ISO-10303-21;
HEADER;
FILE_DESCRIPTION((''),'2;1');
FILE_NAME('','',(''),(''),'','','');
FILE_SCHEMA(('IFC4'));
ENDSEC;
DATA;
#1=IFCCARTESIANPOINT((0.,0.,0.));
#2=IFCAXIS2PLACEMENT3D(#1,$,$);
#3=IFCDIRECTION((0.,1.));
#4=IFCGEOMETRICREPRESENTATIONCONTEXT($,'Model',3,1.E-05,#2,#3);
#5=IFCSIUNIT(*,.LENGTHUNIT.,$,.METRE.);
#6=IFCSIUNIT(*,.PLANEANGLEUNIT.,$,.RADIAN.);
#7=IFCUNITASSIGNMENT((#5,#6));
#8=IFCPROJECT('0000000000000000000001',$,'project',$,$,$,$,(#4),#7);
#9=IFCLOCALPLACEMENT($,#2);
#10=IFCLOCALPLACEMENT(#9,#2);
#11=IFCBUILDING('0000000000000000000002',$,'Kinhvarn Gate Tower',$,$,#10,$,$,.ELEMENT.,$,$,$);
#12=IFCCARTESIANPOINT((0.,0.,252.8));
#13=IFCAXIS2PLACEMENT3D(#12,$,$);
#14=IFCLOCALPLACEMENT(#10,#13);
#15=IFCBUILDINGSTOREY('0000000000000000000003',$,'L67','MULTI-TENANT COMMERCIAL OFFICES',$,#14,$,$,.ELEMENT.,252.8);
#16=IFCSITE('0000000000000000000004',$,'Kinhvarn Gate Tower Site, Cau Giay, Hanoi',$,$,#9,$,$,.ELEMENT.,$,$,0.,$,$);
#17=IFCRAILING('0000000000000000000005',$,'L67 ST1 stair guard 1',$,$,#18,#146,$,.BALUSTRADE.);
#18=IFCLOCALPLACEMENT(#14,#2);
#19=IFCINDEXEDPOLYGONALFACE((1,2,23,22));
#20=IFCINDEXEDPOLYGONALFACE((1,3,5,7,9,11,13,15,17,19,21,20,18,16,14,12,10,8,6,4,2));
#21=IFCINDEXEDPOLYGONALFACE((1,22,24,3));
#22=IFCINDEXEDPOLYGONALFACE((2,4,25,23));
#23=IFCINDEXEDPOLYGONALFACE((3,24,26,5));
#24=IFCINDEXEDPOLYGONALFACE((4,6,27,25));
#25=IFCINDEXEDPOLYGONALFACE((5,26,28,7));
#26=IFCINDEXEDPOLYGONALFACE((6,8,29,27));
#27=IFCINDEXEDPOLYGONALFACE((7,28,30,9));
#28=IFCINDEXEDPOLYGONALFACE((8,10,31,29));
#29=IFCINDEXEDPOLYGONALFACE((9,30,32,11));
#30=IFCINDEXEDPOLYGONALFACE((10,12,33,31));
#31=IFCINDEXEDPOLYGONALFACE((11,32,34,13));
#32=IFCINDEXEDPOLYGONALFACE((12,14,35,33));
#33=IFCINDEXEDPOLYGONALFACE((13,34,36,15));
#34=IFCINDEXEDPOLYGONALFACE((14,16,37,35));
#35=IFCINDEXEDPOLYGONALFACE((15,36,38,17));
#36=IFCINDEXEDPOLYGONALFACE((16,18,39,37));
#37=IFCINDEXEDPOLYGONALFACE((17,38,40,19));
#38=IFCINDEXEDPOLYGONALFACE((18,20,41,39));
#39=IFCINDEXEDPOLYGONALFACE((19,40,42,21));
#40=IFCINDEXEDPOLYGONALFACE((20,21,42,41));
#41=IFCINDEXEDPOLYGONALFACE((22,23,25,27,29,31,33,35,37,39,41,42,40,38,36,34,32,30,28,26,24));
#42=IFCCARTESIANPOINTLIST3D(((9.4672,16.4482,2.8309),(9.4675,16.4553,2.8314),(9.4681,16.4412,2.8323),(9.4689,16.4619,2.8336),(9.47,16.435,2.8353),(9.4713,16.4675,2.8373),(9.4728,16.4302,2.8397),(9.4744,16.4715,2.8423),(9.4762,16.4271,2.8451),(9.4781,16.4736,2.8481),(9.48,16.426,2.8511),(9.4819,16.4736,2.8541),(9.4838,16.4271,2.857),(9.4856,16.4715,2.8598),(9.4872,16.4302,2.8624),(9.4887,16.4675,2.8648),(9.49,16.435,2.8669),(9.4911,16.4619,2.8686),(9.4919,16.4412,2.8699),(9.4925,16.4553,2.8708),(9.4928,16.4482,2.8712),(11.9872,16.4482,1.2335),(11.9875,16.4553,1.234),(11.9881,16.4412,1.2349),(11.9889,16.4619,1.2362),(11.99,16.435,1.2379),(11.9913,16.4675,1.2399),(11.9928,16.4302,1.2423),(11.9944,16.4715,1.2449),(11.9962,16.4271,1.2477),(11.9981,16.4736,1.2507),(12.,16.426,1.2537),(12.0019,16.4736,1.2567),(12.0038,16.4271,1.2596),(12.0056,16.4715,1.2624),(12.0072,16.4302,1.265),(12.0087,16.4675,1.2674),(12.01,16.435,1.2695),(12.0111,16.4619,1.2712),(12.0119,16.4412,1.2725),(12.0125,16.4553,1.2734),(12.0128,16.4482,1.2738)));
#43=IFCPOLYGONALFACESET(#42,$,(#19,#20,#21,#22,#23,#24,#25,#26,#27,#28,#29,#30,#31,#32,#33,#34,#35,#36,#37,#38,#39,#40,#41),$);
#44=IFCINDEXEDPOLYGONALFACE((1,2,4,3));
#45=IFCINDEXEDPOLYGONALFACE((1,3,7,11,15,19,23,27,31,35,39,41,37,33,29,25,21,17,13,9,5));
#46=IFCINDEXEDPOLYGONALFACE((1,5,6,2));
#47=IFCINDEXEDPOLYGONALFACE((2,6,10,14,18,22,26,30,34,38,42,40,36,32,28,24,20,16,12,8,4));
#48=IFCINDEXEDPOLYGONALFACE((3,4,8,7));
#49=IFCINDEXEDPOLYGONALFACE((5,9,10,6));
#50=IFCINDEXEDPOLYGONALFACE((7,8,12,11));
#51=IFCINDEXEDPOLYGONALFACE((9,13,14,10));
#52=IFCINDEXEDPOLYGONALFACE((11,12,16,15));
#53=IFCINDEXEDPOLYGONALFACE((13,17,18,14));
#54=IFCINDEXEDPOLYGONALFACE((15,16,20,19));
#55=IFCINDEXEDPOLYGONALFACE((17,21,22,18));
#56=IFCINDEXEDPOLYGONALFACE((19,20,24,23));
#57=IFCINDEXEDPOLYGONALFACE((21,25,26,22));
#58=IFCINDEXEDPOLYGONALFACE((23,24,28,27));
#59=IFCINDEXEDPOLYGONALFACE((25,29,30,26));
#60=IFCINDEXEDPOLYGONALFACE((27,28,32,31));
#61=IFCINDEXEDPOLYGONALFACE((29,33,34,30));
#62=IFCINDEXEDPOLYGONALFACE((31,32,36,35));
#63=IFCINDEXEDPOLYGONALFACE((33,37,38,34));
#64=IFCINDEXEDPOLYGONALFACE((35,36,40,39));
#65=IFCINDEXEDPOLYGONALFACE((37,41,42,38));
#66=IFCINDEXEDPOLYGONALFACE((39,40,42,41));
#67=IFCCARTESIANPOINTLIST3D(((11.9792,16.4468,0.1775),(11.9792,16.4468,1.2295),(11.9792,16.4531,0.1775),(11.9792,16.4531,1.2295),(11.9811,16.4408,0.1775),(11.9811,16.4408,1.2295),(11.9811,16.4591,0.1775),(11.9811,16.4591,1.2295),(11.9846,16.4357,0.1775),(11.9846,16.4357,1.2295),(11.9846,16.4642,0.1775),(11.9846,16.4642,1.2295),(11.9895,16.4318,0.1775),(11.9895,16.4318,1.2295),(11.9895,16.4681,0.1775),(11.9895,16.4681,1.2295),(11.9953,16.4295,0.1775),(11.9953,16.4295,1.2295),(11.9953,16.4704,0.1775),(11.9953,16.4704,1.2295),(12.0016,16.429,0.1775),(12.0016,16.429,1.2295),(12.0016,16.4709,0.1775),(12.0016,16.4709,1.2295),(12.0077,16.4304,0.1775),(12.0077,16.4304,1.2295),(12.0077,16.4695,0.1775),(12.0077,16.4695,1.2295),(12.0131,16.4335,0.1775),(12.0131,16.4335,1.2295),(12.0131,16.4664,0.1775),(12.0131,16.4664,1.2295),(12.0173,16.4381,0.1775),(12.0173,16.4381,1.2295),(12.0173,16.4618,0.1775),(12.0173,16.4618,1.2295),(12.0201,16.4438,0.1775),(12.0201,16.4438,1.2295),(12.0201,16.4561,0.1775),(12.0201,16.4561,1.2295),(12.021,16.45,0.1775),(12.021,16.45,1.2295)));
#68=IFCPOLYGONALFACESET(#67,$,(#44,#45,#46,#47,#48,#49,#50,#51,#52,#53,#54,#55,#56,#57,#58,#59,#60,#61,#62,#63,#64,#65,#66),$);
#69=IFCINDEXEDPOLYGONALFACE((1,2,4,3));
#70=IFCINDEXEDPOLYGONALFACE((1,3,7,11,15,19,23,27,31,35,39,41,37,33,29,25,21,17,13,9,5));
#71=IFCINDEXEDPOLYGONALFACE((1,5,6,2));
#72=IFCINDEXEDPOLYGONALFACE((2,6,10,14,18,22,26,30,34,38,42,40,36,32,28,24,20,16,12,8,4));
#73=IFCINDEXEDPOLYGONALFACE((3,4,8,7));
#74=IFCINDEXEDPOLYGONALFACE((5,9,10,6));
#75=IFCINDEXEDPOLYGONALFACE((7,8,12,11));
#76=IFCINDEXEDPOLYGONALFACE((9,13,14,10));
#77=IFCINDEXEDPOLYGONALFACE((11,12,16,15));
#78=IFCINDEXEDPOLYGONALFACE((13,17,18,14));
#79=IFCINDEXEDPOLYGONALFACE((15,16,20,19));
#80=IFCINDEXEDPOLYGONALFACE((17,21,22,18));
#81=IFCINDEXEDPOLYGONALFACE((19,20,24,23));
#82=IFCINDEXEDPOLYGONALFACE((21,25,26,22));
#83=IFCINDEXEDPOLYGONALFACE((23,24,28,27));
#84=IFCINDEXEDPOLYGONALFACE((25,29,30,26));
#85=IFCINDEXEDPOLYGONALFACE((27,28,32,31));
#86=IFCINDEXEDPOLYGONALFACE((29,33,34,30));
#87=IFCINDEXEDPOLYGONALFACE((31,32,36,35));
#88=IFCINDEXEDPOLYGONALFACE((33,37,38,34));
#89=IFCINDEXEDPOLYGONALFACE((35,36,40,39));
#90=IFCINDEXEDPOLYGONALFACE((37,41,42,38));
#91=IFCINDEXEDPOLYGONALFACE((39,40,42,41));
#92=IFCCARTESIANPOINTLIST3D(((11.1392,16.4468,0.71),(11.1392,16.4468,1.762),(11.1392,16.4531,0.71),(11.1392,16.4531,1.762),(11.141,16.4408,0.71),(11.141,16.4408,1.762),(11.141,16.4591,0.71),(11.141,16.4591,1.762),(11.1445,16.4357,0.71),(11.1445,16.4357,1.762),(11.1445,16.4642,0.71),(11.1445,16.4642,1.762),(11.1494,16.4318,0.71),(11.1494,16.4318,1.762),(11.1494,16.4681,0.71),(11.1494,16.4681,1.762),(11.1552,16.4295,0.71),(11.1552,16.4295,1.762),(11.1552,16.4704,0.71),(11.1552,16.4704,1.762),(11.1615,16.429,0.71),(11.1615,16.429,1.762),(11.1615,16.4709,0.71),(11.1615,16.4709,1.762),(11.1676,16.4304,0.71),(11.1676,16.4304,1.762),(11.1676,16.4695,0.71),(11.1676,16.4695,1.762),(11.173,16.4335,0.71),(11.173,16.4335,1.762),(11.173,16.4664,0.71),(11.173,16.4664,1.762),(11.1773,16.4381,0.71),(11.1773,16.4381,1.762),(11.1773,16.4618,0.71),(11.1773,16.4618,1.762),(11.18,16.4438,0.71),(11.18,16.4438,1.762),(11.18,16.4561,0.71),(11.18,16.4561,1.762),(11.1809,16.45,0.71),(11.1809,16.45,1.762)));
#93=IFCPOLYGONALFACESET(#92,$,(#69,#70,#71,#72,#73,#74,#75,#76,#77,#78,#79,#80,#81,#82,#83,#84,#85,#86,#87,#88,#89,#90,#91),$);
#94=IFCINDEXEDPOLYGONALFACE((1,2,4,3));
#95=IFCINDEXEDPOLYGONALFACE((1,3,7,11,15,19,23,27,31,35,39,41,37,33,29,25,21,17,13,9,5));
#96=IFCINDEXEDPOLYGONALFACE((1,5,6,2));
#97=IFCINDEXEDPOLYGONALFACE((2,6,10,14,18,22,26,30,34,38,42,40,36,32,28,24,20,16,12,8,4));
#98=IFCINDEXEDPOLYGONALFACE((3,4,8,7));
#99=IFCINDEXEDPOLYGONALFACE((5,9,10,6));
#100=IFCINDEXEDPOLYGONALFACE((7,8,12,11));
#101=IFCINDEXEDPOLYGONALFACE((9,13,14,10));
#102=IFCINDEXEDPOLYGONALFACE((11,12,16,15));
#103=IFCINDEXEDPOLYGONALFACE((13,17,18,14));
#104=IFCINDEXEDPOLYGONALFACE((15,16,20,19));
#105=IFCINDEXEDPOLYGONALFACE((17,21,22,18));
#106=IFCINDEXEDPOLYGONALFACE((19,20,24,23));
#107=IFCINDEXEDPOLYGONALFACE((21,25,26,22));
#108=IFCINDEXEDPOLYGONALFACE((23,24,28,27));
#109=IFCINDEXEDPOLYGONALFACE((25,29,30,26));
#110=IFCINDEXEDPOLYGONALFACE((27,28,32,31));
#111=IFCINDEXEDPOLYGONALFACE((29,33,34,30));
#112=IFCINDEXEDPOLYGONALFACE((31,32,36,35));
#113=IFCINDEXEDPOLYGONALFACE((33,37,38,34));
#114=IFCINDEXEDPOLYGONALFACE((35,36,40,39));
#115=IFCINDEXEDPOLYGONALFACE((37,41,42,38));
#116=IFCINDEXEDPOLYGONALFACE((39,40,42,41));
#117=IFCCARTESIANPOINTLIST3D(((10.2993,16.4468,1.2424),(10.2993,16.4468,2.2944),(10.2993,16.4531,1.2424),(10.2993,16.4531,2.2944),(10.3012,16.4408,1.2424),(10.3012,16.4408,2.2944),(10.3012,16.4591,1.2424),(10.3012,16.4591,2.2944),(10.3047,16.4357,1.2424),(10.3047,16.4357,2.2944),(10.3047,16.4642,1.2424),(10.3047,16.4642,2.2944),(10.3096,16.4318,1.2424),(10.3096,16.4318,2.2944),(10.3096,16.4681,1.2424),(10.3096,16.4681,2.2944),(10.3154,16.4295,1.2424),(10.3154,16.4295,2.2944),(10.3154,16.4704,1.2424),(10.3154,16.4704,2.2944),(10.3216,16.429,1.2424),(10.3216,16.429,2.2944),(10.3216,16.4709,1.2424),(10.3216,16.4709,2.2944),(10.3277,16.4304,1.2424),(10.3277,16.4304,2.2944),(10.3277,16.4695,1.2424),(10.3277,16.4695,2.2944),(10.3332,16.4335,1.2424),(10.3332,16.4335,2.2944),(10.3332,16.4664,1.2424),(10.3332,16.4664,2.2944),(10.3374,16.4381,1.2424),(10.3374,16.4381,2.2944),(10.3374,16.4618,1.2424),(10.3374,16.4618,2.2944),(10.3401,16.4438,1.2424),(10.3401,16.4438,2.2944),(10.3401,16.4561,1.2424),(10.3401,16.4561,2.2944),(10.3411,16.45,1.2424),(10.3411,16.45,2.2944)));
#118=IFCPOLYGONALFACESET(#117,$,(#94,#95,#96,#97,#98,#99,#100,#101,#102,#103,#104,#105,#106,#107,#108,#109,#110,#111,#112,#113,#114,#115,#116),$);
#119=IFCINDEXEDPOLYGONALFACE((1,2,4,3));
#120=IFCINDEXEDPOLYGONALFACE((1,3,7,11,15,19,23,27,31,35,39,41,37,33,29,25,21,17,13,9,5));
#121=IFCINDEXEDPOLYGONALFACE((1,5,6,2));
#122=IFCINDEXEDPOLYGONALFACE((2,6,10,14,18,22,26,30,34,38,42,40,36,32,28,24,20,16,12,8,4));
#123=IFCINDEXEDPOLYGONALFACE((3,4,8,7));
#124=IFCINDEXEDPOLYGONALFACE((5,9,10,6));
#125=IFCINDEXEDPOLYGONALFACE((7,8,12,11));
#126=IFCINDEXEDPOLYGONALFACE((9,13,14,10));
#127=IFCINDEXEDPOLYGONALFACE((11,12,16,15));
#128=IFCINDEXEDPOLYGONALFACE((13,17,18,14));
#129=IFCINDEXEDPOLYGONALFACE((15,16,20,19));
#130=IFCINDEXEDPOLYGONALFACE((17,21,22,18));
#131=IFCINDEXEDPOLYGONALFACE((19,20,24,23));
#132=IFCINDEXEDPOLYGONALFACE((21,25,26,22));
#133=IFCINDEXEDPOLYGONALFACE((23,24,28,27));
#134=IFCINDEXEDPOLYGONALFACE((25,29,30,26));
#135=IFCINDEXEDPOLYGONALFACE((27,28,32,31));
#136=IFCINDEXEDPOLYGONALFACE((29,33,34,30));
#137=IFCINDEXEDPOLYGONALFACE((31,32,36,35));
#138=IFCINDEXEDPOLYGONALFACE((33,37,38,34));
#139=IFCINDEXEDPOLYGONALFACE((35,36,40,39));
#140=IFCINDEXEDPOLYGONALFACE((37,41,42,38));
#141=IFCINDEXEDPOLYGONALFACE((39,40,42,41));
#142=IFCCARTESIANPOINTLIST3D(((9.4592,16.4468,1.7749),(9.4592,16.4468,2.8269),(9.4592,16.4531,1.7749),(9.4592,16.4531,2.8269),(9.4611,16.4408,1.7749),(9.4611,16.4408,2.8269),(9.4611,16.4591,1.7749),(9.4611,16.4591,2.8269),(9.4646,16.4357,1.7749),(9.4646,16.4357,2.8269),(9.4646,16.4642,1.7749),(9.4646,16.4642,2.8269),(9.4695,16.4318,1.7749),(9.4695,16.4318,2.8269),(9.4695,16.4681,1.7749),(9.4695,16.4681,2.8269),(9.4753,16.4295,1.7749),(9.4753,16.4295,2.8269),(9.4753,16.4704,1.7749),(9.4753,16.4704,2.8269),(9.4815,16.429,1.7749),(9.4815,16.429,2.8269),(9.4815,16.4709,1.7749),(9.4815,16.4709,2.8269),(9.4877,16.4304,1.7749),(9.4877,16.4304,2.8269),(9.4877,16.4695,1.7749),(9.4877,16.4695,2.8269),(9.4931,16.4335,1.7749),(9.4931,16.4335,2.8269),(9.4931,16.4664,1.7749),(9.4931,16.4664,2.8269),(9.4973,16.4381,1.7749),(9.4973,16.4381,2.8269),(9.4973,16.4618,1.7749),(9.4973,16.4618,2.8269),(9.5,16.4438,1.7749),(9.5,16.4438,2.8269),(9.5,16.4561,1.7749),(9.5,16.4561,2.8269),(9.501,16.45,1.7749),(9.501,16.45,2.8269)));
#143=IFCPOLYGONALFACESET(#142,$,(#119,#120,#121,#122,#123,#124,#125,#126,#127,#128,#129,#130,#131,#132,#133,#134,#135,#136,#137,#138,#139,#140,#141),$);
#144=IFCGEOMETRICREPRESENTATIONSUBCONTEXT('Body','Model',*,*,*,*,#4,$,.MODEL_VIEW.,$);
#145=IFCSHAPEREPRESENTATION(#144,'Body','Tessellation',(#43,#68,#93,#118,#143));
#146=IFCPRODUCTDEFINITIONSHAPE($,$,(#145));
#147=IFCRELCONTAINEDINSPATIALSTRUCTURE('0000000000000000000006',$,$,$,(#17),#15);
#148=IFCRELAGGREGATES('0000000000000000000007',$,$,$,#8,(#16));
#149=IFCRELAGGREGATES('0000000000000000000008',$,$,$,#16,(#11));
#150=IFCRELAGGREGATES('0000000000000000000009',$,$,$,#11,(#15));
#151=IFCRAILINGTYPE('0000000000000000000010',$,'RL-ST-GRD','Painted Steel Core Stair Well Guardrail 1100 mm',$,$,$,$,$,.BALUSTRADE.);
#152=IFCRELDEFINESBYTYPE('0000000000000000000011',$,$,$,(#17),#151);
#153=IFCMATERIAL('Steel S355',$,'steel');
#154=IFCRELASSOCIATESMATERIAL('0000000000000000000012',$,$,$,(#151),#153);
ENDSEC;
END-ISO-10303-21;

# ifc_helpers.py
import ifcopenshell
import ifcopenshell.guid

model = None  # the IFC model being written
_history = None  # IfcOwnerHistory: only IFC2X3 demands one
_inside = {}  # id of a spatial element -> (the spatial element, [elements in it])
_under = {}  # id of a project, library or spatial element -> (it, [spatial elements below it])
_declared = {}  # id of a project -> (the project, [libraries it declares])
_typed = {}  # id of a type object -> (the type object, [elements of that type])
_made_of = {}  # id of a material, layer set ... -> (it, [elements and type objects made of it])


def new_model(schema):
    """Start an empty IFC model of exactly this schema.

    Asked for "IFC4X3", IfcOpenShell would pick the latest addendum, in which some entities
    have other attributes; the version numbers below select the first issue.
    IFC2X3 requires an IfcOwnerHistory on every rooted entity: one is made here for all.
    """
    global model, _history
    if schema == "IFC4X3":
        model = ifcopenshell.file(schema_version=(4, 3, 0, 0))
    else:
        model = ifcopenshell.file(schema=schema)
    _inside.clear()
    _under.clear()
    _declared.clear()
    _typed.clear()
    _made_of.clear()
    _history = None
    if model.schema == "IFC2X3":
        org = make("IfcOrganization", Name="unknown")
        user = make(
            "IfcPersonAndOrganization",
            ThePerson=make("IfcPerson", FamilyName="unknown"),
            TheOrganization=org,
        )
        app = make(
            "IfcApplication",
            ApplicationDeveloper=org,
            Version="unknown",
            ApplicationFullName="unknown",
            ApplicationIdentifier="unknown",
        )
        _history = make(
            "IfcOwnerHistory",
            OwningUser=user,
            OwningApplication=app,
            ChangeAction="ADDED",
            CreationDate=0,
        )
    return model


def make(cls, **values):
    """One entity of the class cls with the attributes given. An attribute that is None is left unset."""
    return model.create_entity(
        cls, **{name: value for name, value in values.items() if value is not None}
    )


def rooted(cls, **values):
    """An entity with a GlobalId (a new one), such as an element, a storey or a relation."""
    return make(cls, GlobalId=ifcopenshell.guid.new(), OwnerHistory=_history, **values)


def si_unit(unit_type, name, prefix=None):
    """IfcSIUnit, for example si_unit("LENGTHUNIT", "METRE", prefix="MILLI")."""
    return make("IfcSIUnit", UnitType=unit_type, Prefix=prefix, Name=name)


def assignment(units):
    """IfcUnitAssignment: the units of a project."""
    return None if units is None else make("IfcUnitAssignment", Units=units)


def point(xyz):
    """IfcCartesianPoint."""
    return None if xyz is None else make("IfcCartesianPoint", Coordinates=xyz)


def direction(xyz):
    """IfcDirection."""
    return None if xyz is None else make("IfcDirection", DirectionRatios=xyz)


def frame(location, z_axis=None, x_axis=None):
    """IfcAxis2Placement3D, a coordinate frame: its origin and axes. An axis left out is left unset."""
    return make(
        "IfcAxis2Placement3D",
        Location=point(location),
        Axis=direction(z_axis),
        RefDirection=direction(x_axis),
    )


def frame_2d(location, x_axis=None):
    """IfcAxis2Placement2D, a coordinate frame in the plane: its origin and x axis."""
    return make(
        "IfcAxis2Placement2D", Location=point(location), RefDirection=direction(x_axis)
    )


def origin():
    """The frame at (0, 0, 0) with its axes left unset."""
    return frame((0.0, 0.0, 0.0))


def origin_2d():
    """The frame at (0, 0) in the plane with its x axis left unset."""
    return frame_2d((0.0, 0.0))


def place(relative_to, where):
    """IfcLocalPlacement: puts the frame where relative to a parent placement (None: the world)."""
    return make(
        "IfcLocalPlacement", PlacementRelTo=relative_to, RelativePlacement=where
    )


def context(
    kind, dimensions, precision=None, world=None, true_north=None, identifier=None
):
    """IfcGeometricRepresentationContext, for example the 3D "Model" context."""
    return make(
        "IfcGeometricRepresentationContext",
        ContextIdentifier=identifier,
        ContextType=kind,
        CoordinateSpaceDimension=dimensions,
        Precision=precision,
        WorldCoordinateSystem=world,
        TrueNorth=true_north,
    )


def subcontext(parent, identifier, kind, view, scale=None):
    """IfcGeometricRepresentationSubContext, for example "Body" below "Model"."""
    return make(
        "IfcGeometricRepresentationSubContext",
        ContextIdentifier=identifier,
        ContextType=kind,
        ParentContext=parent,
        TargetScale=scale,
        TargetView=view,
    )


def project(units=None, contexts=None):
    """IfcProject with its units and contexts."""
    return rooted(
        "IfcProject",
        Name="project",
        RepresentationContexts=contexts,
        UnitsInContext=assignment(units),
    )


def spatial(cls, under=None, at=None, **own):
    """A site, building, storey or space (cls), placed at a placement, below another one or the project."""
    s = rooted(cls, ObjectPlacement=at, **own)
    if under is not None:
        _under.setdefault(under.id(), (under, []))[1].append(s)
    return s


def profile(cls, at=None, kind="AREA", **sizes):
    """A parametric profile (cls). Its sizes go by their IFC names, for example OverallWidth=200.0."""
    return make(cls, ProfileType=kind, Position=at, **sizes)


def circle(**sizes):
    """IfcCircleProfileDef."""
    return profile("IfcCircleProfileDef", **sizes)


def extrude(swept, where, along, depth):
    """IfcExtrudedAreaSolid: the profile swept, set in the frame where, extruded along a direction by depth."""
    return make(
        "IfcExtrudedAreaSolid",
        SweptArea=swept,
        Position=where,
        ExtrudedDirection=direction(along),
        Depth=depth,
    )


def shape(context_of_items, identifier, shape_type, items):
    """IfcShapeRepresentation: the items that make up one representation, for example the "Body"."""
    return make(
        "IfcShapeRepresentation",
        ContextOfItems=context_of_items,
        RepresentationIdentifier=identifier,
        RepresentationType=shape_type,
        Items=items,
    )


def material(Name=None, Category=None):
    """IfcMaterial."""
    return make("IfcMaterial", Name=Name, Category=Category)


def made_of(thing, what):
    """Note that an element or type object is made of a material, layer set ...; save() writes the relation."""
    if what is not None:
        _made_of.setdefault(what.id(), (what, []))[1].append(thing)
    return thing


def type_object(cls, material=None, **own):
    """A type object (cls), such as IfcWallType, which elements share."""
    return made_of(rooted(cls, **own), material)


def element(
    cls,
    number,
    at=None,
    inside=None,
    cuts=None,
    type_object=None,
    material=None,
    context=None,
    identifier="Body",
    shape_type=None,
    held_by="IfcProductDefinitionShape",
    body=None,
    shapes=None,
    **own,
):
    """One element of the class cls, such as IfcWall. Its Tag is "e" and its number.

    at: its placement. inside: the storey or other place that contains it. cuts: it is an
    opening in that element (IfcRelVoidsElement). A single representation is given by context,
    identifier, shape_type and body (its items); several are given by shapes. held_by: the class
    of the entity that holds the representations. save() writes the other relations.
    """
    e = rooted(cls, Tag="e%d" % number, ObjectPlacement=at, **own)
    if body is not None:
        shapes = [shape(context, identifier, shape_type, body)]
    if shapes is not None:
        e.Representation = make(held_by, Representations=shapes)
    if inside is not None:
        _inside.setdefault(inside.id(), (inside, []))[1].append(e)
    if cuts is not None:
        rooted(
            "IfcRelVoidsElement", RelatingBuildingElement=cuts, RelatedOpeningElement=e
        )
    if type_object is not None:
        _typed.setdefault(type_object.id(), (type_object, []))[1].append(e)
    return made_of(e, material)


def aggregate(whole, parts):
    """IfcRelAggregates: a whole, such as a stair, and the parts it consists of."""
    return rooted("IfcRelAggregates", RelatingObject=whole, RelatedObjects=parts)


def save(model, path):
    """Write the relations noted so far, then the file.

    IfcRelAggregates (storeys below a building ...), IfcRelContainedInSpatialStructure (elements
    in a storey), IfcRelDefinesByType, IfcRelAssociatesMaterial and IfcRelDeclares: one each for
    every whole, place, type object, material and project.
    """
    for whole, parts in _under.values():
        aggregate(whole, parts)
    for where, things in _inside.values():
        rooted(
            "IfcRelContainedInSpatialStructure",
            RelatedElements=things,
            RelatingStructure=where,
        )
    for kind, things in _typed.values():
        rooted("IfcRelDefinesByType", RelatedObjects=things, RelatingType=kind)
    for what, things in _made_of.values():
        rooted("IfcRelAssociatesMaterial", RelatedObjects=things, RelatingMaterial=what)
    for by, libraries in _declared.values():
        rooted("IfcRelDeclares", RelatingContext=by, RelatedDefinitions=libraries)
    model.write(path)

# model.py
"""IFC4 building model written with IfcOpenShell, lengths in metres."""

from ifc_helpers import new_model, si_unit, direction, frame, origin, origin_2d, place, context, subcontext, project, spatial, circle, extrude, material, type_object, element, save


model = new_model("IFC4")

# Units and contexts
model_context = context("Model", 3, precision=1e-05, world=origin(), true_north=direction((0.0, 1.0)))
body_context = subcontext(model_context, "Body", "Model", "MODEL_VIEW")
ifc_project = project(units=[si_unit("LENGTHUNIT", "METRE"), si_unit("PLANEANGLEUNIT", "RADIAN")], contexts=[model_context])

# Site, building, storey
site_placement = place(None, origin())
site = spatial("IfcSite", under=ifc_project, at=site_placement, Name="Kinhvarn Gate Tower Site, Cau Giay, Hanoi", CompositionType="ELEMENT", RefElevation=0.0)
building_placement = place(site_placement, origin())
building = spatial("IfcBuilding", under=site, at=building_placement, Name="Kinhvarn Gate Tower", CompositionType="ELEMENT")
storey_placement = place(building_placement, frame((0.0, 0.0, 252.8)))
storey = spatial("IfcBuildingStorey", under=building, at=storey_placement, Name="L67", Description="MULTI-TENANT COMMERCIAL OFFICES", CompositionType="ELEMENT", Elevation=252.8)

# Shared definitions
ifc_material_1 = material(Name="Steel S355", Category="steel")

# Railing
railing_type_1 = type_object("IfcRailingType", Name="RL-ST-GRD", Description="Painted Steel Core Stair Well Guardrail 1100 mm", PredefinedType="BALUSTRADE", material=ifc_material_1)
railing_1_placement = place(storey_placement, frame((12.0, 16.45, 0.1775)))
element("IfcRailing", 1, at=railing_1_placement, inside=storey, type_object=railing_type_1, Name="L67 ST1 stair guard 1", PredefinedType="BALUSTRADE", context=body_context, shape_type="SweptSolid", body=[
    extrude(circle(Radius=0.0239, at=origin_2d()), frame((0.0, 0.0, 1.0762), z_axis=(-0.844607, 0.0, 0.535387), x_axis=(0.0, -1.0, 0.0)), (0.0, 0.0, 1.0), 2.9836),
    extrude(circle(Radius=0.021, at=origin_2d()), origin(), (0.0, 0.0, 1.0), 1.052),
    extrude(circle(Radius=0.021, at=origin_2d()), frame((-0.8401, 0.0, 0.5325)), (0.0, 0.0, 1.0), 1.052),
    extrude(circle(Radius=0.021, at=origin_2d()), frame((-1.6799, 0.0, 1.0649)), (0.0, 0.0, 1.0), 1.052),
    extrude(circle(Radius=0.021, at=origin_2d()), frame((-2.52, 0.0, 1.5974)), (0.0, 0.0, 1.0), 1.052),
])

save(model, "model.ifc")
